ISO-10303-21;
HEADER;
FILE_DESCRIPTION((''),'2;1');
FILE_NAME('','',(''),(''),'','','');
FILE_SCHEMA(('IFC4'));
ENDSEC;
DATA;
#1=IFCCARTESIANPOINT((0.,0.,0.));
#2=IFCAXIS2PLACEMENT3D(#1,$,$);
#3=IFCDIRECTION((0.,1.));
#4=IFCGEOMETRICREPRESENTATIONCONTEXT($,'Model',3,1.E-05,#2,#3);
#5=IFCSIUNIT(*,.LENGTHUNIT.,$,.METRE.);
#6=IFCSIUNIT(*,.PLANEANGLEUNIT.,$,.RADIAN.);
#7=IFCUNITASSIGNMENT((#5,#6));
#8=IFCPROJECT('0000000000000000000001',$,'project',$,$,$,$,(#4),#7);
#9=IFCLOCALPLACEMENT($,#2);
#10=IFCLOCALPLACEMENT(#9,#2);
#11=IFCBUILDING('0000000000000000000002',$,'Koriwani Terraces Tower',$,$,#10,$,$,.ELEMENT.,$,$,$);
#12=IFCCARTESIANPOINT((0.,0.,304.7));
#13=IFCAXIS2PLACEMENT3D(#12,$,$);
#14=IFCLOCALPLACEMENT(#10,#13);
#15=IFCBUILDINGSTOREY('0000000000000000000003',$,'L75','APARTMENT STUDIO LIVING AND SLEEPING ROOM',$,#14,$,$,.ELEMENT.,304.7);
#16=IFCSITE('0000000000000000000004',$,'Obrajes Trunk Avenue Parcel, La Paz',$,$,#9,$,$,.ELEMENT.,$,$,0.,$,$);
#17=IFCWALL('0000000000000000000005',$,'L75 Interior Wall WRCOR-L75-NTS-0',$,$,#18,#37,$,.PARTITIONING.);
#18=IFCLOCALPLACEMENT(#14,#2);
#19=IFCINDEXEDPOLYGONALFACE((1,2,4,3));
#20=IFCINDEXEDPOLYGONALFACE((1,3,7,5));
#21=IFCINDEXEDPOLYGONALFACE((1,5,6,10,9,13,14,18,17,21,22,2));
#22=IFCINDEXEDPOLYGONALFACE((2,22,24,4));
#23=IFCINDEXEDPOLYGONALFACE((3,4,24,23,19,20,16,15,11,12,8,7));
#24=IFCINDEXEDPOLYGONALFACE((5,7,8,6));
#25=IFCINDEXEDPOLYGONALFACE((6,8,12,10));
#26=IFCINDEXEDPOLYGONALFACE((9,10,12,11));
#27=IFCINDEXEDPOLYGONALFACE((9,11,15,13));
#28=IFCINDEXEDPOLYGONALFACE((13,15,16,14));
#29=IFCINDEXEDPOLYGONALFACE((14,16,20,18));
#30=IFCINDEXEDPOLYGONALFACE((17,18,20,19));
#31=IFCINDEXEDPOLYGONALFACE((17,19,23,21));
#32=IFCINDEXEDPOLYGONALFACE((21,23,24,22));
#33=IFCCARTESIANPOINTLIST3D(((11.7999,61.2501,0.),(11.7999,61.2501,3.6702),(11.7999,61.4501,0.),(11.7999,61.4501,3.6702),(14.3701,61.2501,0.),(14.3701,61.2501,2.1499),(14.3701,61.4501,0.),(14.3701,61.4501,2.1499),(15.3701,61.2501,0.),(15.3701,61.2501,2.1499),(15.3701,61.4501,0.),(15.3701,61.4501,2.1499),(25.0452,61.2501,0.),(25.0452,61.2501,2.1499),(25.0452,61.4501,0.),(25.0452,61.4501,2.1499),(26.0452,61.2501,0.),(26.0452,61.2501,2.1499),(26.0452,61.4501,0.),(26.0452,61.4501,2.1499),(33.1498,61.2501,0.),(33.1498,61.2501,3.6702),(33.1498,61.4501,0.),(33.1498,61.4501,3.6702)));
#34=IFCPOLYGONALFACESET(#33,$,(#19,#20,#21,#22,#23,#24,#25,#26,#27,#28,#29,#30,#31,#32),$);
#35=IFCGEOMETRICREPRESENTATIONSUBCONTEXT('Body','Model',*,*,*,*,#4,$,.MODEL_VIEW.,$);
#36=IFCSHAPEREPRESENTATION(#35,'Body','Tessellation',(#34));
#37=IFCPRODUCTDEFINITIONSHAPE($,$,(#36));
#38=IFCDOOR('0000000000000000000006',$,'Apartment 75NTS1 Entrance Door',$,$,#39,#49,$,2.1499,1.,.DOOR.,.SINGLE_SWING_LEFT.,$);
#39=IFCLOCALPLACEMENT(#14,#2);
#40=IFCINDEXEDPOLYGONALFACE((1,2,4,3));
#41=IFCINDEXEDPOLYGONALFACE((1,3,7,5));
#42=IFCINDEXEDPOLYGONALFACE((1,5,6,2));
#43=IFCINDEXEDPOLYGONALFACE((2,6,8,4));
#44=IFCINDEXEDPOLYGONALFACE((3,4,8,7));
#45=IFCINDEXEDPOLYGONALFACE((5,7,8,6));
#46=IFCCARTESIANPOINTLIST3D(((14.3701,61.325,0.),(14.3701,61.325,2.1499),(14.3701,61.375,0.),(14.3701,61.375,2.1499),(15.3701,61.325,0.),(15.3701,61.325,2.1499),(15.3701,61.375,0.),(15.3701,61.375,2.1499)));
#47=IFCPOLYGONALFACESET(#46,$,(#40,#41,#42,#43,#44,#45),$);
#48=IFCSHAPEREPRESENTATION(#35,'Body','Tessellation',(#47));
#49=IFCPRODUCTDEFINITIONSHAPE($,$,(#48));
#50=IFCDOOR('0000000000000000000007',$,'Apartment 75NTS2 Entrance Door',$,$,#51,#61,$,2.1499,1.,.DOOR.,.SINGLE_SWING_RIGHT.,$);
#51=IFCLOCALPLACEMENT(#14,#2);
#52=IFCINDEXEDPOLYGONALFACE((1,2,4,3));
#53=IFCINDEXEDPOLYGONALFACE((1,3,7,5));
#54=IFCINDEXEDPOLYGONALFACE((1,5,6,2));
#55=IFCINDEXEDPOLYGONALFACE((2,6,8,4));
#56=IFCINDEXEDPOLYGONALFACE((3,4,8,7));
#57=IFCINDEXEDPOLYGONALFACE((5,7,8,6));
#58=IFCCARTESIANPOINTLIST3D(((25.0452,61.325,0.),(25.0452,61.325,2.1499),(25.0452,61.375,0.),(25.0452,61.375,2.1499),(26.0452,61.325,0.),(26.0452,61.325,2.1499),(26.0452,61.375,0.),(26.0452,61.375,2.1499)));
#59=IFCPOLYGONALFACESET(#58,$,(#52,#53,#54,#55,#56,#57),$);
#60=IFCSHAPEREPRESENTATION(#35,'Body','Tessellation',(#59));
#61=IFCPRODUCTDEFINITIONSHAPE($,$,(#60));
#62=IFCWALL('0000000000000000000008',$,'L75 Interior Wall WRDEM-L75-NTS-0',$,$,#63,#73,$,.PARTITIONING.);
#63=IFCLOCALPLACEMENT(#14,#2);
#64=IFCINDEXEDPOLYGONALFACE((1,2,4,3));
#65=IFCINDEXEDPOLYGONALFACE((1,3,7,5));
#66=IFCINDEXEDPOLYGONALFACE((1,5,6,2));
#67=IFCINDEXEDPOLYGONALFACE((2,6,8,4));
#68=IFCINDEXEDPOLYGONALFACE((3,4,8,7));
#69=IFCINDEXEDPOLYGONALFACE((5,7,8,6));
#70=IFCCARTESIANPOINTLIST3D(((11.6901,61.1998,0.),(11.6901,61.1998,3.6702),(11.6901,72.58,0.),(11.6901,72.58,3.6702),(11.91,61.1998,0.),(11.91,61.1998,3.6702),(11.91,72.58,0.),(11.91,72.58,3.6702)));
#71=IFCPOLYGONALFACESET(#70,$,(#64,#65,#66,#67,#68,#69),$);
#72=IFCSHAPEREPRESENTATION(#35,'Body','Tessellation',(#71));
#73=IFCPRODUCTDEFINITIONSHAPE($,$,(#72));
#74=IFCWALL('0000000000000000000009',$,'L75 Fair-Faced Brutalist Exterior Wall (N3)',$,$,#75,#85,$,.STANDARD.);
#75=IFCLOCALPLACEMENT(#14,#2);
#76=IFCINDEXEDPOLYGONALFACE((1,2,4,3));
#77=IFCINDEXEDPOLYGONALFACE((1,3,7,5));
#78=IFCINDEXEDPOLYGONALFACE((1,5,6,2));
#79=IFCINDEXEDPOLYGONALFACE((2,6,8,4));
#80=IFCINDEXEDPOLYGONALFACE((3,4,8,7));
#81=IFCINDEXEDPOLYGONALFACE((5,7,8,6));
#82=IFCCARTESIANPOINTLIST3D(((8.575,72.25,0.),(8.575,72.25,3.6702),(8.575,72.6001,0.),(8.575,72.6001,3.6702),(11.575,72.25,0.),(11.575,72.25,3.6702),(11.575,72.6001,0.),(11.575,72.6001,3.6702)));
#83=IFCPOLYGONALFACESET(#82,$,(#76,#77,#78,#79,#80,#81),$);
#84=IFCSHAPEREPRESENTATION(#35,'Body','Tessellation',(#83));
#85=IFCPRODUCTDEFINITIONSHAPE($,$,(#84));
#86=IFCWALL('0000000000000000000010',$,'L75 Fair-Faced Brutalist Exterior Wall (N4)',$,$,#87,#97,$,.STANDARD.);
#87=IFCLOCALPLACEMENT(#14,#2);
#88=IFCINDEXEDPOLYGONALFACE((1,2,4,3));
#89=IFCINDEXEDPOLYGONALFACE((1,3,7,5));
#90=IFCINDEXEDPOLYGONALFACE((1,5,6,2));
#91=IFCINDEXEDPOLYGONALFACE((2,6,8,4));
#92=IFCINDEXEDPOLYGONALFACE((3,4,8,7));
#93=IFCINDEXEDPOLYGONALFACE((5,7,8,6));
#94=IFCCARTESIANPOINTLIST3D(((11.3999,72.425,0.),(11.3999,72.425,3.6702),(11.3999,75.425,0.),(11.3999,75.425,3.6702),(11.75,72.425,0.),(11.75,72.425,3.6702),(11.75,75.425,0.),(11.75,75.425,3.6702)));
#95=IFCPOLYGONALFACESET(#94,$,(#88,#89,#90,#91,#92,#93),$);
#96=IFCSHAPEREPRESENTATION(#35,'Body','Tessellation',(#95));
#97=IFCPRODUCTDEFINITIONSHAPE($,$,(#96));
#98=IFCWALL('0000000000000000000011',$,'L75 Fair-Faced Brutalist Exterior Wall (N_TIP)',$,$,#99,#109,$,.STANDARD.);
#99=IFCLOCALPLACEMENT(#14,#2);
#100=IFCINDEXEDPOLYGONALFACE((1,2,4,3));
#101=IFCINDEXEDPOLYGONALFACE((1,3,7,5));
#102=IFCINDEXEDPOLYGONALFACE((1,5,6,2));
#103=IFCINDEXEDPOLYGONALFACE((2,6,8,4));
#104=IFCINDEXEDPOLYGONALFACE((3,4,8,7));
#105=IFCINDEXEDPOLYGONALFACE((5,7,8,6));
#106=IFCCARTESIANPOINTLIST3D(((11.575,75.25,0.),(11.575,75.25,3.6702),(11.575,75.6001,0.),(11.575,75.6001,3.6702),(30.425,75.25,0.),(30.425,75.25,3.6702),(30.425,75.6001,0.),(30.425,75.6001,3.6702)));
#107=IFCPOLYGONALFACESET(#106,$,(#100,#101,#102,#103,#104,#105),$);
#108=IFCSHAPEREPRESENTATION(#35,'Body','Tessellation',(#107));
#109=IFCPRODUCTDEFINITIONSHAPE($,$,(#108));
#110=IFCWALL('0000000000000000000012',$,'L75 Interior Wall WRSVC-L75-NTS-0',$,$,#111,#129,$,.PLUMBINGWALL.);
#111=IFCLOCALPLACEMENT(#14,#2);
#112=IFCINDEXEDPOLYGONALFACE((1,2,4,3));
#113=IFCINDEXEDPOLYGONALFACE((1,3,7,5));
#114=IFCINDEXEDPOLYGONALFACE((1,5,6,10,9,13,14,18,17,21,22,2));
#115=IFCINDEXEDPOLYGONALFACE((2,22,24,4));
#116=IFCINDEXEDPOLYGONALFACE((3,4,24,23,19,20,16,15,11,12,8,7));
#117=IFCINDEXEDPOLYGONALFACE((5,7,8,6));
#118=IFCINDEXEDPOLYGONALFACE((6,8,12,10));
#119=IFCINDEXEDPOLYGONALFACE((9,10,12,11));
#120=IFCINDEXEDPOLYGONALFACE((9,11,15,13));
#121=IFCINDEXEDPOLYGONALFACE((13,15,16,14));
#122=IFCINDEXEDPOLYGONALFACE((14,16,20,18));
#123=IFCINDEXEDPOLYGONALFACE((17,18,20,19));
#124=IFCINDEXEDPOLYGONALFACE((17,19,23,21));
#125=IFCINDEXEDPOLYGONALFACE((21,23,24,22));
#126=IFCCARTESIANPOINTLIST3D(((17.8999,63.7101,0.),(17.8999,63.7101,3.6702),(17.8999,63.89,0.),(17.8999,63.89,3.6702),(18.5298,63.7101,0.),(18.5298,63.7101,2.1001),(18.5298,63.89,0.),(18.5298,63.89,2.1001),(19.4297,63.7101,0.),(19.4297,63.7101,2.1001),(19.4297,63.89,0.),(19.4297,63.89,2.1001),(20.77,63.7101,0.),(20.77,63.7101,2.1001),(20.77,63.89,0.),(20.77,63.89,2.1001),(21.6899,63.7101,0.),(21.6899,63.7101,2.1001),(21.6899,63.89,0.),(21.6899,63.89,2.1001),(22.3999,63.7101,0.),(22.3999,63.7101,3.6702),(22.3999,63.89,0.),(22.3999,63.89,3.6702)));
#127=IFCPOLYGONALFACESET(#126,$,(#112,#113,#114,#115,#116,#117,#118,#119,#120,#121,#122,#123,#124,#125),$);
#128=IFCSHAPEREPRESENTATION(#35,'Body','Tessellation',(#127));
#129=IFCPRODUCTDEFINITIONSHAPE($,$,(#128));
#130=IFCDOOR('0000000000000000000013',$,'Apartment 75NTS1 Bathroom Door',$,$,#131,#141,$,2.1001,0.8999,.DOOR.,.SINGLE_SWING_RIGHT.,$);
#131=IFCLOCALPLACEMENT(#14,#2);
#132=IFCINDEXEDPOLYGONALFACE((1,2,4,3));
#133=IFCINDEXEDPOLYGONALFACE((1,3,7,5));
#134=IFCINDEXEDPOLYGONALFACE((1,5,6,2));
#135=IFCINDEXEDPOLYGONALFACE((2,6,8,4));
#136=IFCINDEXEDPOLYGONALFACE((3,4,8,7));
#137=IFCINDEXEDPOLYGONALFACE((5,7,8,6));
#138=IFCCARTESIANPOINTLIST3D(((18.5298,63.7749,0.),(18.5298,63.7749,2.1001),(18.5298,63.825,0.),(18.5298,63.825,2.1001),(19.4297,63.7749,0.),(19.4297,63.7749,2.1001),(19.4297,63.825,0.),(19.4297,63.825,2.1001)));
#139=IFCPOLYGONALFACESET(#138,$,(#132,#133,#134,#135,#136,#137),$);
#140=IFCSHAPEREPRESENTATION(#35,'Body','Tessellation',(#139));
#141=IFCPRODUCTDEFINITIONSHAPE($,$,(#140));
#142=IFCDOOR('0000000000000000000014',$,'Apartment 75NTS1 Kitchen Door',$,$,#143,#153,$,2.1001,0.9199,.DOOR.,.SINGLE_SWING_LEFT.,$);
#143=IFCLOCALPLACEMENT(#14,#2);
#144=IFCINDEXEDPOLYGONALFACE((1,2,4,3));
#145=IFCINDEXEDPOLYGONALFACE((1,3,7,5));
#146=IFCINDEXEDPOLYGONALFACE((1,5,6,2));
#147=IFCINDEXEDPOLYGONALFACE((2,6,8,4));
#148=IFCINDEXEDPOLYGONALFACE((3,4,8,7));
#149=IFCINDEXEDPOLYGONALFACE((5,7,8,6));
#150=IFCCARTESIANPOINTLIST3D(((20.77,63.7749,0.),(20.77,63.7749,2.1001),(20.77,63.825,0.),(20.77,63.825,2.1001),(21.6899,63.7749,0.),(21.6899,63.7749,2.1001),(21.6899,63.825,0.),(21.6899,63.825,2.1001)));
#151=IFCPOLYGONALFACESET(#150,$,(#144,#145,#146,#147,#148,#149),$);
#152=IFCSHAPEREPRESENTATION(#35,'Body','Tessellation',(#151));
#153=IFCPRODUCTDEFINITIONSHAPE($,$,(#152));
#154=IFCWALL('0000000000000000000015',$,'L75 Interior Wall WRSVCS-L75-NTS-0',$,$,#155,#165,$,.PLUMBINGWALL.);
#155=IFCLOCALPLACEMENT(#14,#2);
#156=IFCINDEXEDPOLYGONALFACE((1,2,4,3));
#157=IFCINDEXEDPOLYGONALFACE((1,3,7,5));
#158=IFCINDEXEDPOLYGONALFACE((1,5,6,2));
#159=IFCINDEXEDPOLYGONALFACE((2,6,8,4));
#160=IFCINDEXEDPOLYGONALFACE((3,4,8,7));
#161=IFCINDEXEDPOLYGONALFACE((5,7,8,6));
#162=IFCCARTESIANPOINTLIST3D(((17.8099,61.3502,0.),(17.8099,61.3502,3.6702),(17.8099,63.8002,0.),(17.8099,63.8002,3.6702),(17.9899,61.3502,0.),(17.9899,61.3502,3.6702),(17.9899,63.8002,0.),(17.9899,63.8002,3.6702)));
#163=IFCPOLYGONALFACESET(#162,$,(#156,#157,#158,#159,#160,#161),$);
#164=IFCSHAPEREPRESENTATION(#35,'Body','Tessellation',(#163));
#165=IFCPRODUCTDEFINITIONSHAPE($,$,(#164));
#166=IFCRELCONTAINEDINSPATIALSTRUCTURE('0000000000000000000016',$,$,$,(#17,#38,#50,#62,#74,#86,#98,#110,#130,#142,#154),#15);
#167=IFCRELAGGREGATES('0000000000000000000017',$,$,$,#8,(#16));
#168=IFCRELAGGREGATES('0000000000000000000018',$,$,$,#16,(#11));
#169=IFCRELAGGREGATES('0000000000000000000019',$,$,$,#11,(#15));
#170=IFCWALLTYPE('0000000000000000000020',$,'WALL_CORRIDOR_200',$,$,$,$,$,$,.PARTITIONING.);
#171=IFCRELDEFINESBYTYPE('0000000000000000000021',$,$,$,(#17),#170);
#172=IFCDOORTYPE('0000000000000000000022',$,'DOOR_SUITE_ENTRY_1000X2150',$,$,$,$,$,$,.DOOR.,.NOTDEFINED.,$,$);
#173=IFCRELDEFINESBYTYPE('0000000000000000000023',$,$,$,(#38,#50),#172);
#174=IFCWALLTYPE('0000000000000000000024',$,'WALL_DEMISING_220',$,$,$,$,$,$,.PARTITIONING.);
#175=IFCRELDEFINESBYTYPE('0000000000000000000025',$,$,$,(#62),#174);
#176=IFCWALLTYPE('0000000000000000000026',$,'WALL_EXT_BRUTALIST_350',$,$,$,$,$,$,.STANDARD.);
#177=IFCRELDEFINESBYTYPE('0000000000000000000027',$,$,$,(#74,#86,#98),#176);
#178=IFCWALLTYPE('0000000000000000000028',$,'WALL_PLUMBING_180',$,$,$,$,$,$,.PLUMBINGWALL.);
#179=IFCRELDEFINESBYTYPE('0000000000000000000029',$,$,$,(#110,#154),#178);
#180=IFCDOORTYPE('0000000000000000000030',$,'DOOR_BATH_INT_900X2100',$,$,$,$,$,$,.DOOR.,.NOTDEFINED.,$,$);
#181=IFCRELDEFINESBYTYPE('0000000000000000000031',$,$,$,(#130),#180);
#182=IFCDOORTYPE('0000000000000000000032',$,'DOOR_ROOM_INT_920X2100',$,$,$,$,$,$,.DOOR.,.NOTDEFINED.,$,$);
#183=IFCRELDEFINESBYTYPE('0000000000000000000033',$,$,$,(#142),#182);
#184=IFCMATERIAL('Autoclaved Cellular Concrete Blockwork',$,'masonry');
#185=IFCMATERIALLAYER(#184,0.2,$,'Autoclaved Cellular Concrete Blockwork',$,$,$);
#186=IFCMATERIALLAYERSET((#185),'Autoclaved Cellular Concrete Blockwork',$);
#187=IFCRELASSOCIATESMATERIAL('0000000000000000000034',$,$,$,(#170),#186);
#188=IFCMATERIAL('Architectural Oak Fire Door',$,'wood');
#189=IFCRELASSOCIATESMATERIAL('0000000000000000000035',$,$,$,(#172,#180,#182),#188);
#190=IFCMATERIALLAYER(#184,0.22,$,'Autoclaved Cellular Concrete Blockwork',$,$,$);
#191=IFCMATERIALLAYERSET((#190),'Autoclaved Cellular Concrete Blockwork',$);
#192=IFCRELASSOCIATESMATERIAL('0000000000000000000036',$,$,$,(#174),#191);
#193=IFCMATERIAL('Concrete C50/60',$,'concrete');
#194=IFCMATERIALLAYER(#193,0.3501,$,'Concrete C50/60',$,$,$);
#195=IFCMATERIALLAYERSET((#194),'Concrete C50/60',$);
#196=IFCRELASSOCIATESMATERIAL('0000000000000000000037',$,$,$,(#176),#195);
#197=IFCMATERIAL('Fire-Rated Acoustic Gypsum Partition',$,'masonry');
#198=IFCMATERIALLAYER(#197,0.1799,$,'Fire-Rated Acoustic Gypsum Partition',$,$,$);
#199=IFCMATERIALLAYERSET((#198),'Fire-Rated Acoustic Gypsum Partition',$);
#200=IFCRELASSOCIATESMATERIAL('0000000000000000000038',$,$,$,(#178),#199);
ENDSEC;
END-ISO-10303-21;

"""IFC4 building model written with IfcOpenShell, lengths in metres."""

from ifc_helpers import new_model, si_unit, direction, frame, frame_2d, origin, place, context, subcontext, project, spatial, rectangle, extrude, material, layer, layer_set, type_object, element, fill, save


model = new_model("IFC4")

# Units and contexts
model_context = context("Model", 3, precision=1e-05, world=origin(), true_north=direction((0.0, 1.0)))
body_context = subcontext(model_context, "Body", "Model", "MODEL_VIEW")
ifc_project = project(units=[si_unit("LENGTHUNIT", "METRE"), si_unit("PLANEANGLEUNIT", "RADIAN")], contexts=[model_context])

# Site, building, storey
site_placement = place(None, origin())
site = spatial("IfcSite", under=ifc_project, at=site_placement, Name="Obrajes Trunk Avenue Parcel, La Paz", CompositionType="ELEMENT", RefElevation=0.0)
building_placement = place(site_placement, origin())
building = spatial("IfcBuilding", under=site, at=building_placement, Name="Koriwani Terraces Tower", CompositionType="ELEMENT")
storey_placement = place(building_placement, frame((0.0, 0.0, 304.7)))
storey = spatial("IfcBuildingStorey", under=building, at=storey_placement, Name="L75", Description="APARTMENT STUDIO LIVING AND SLEEPING ROOM", CompositionType="ELEMENT", Elevation=304.7)

# Shared definitions
ifc_material_1 = material(Name="Concrete C50/60", Category="concrete")

# Shared definitions
ifc_material_2 = material(Name="Autoclaved Cellular Concrete Blockwork", Category="masonry")
ifc_layer_1 = layer(ifc_material_2, 0.2, Name="Autoclaved Cellular Concrete Blockwork")
ifc_layer_set_1 = layer_set([ifc_layer_1], Name="Autoclaved Cellular Concrete Blockwork")
wall_type_1 = type_object("IfcWallType", Name="WALL_CORRIDOR_200", PredefinedType="PARTITIONING", material=ifc_layer_set_1)
ifc_material_3 = material(Name="Architectural Oak Fire Door", Category="wood")
door_type_1 = type_object("IfcDoorType", Name="DOOR_SUITE_ENTRY_1000X2150", OperationType="NOTDEFINED", PredefinedType="DOOR", material=ifc_material_3)

# Wall, openings, doors
wall_1_placement = place(storey_placement, frame((11.8, 61.3501, 0.0), z_axis=(0.0, 0.0, 1.0), x_axis=(1.0, 0.0, 0.0)))
wall_1 = element("IfcWall", 1, at=wall_1_placement, inside=storey, type_object=wall_type_1, Name="L75 Interior Wall WRCOR-L75-NTS-0", PredefinedType="PARTITIONING", context=body_context, shape_type="SweptSolid", body=[
    extrude(rectangle(XDim=21.3499, YDim=0.2, at=frame_2d((10.6748, 0.0))), origin(), (0.0, 0.0, 1.0), 3.6702),
])
opening_1_placement = place(wall_1_placement, frame((2.5701, 0.0, 0.0)))
opening_1 = element("IfcOpeningElement", 2, at=opening_1_placement, cuts=wall_1, PredefinedType="OPENING", context=body_context, shape_type="SweptSolid", body=[
    extrude(rectangle(XDim=1.0, YDim=2.1499, at=frame_2d((0.5, 1.075))), frame((0.0, 0.1099, 0.0), z_axis=(0.0, -1.0, 0.0), x_axis=(1.0, 0.0, 0.0)), (0.0, 0.0, 1.0), 0.22),
])
opening_2_placement = place(wall_1_placement, frame((13.2451, 0.0, 0.0)))
opening_2 = element("IfcOpeningElement", 3, at=opening_2_placement, cuts=wall_1, PredefinedType="OPENING", context=body_context, shape_type="SweptSolid", body=[
    extrude(rectangle(XDim=1.0, YDim=2.1499, at=frame_2d((0.5, 1.075))), frame((0.0, 0.1099, 0.0), z_axis=(0.0, -1.0, 0.0), x_axis=(1.0, 0.0, 0.0)), (0.0, 0.0, 1.0), 0.22),
])
door_1_placement = place(opening_1_placement, origin())
door_1 = element("IfcDoor", 4, at=door_1_placement, inside=storey, type_object=door_type_1, Name="Apartment 75NTS1 Entrance Door", OperationType="SINGLE_SWING_LEFT", OverallHeight=2.1499, OverallWidth=1.0, PredefinedType="DOOR", context=body_context, shape_type="SweptSolid", body=[
    extrude(rectangle(XDim=1.0, YDim=2.1499, at=frame_2d((0.5, 1.075))), frame((0.0, 0.0249, 0.0), z_axis=(0.0, -1.0, 0.0), x_axis=(1.0, 0.0, 0.0)), (0.0, 0.0, 1.0), 0.05),
])
fill(opening_1, door_1)
door_2_placement = place(opening_2_placement, origin())
door_2 = element("IfcDoor", 5, at=door_2_placement, inside=storey, type_object=door_type_1, Name="Apartment 75NTS2 Entrance Door", OperationType="SINGLE_SWING_RIGHT", OverallHeight=2.1499, OverallWidth=1.0, PredefinedType="DOOR", context=body_context, shape_type="SweptSolid", body=[
    extrude(rectangle(XDim=1.0, YDim=2.1499, at=frame_2d((0.5, 1.075))), frame((0.0, 0.0249, 0.0), z_axis=(0.0, -1.0, 0.0), x_axis=(1.0, 0.0, 0.0)), (0.0, 0.0, 1.0), 0.05),
])
fill(opening_2, door_2)

# Walls
ifc_layer_2 = layer(ifc_material_2, 0.22, Name="Autoclaved Cellular Concrete Blockwork")
ifc_layer_set_2 = layer_set([ifc_layer_2], Name="Autoclaved Cellular Concrete Blockwork")
wall_type_2 = type_object("IfcWallType", Name="WALL_DEMISING_220", PredefinedType="PARTITIONING", material=ifc_layer_set_2)
wall_2_placement = place(storey_placement, frame((11.8, 61.2, 0.0), z_axis=(0.0, 0.0, 1.0), x_axis=(0.0, 1.0, 0.0)))
element("IfcWall", 6, at=wall_2_placement, inside=storey, type_object=wall_type_2, Name="L75 Interior Wall WRDEM-L75-NTS-0", PredefinedType="PARTITIONING", context=body_context, shape_type="SweptSolid", body=[
    extrude(rectangle(XDim=11.3801, YDim=0.22, at=frame_2d((5.6899, 0.0))), origin(), (0.0, 0.0, 1.0), 3.6702),
])
ifc_layer_3 = layer(ifc_material_1, 0.3501, Name="Concrete C50/60")
ifc_layer_set_3 = layer_set([ifc_layer_3], Name="Concrete C50/60")
wall_type_3 = type_object("IfcWallType", Name="WALL_EXT_BRUTALIST_350", PredefinedType="STANDARD", material=ifc_layer_set_3)
for number, where, z_axis, x_axis, name in (
    (7, (8.575, 72.425, 0.0), (0.0, 0.0, 1.0), (1.0, 0.0, 0.0), "L75 Fair-Faced Brutalist Exterior Wall (N3)"),
    (8, (11.575, 72.425, 0.0), (0.0, 0.0, 1.0), (0.0, 1.0, 0.0), "L75 Fair-Faced Brutalist Exterior Wall (N4)"),
):
    element("IfcWall", number, at=place(storey_placement, frame(where, z_axis=z_axis, x_axis=x_axis)), inside=storey, type_object=wall_type_3, Name=name, PredefinedType="STANDARD", context=body_context, shape_type="SweptSolid", body=[
        extrude(rectangle(XDim=3.0, YDim=0.3501, at=frame_2d((1.5, 0.0))), origin(), (0.0, 0.0, 1.0), 3.6702),
    ])
wall_3_placement = place(storey_placement, frame((11.575, 75.425, 0.0), z_axis=(0.0, 0.0, 1.0), x_axis=(1.0, 0.0, 0.0)))
element("IfcWall", 9, at=wall_3_placement, inside=storey, type_object=wall_type_3, Name="L75 Fair-Faced Brutalist Exterior Wall (N_TIP)", PredefinedType="STANDARD", context=body_context, shape_type="SweptSolid", body=[
    extrude(rectangle(XDim=18.8501, YDim=0.3501, at=frame_2d((9.425, 0.0))), origin(), (0.0, 0.0, 1.0), 3.6702),
])

# Wall, openings, doors
ifc_material_4 = material(Name="Fire-Rated Acoustic Gypsum Partition", Category="masonry")
ifc_layer_4 = layer(ifc_material_4, 0.1799, Name="Fire-Rated Acoustic Gypsum Partition")
ifc_layer_set_4 = layer_set([ifc_layer_4], Name="Fire-Rated Acoustic Gypsum Partition")
wall_type_4 = type_object("IfcWallType", Name="WALL_PLUMBING_180", PredefinedType="PLUMBINGWALL", material=ifc_layer_set_4)
wall_4_placement = place(storey_placement, frame((17.8999, 63.8, 0.0), z_axis=(0.0, 0.0, 1.0), x_axis=(1.0, 0.0, 0.0)))
wall_4 = element("IfcWall", 10, at=wall_4_placement, inside=storey, type_object=wall_type_4, Name="L75 Interior Wall WRSVC-L75-NTS-0", PredefinedType="PLUMBINGWALL", context=body_context, shape_type="SweptSolid", body=[
    extrude(rectangle(XDim=4.5, YDim=0.1799, at=frame_2d((2.25, 0.0))), origin(), (0.0, 0.0, 1.0), 3.6702),
])
opening_3_placement = place(wall_4_placement, frame((0.6299, 0.0, 0.0)))
opening_3 = element("IfcOpeningElement", 11, at=opening_3_placement, cuts=wall_4, PredefinedType="OPENING", context=body_context, shape_type="SweptSolid", body=[
    extrude(rectangle(XDim=0.8999, YDim=2.1001, at=frame_2d((0.45, 1.05))), frame((0.0, 0.1001, 0.0), z_axis=(0.0, -1.0, 0.0), x_axis=(1.0, 0.0, 0.0)), (0.0, 0.0, 1.0), 0.2),
])
opening_4_placement = place(wall_4_placement, frame((2.8701, 0.0, 0.0)))
opening_4 = element("IfcOpeningElement", 12, at=opening_4_placement, cuts=wall_4, PredefinedType="OPENING", context=body_context, shape_type="SweptSolid", body=[
    extrude(rectangle(XDim=0.9199, YDim=2.1001, at=frame_2d((0.46, 1.05))), frame((0.0, 0.1001, 0.0), z_axis=(0.0, -1.0, 0.0), x_axis=(1.0, 0.0, 0.0)), (0.0, 0.0, 1.0), 0.2),
])
door_type_2 = type_object("IfcDoorType", Name="DOOR_BATH_INT_900X2100", OperationType="NOTDEFINED", PredefinedType="DOOR", material=ifc_material_3)
door_3_placement = place(opening_3_placement, origin())
door_3 = element("IfcDoor", 13, at=door_3_placement, inside=storey, type_object=door_type_2, Name="Apartment 75NTS1 Bathroom Door", OperationType="SINGLE_SWING_RIGHT", OverallHeight=2.1001, OverallWidth=0.8999, PredefinedType="DOOR", context=body_context, shape_type="SweptSolid", body=[
    extrude(rectangle(XDim=0.8999, YDim=2.1001, at=frame_2d((0.45, 1.05))), frame((0.0, 0.0249, 0.0), z_axis=(0.0, -1.0, 0.0), x_axis=(1.0, 0.0, 0.0)), (0.0, 0.0, 1.0), 0.05),
])
fill(opening_3, door_3)
door_type_3 = type_object("IfcDoorType", Name="DOOR_ROOM_INT_920X2100", OperationType="NOTDEFINED", PredefinedType="DOOR", material=ifc_material_3)
door_4_placement = place(opening_4_placement, origin())
door_4 = element("IfcDoor", 14, at=door_4_placement, inside=storey, type_object=door_type_3, Name="Apartment 75NTS1 Kitchen Door", OperationType="SINGLE_SWING_LEFT", OverallHeight=2.1001, OverallWidth=0.9199, PredefinedType="DOOR", context=body_context, shape_type="SweptSolid", body=[
    extrude(rectangle(XDim=0.9199, YDim=2.1001, at=frame_2d((0.46, 1.05))), frame((0.0, 0.0249, 0.0), z_axis=(0.0, -1.0, 0.0), x_axis=(1.0, 0.0, 0.0)), (0.0, 0.0, 1.0), 0.05),
])
fill(opening_4, door_4)

# Wall
for number, where, z_axis, x_axis, name in (
    (15, (17.8999, 61.3501, 0.0), (0.0, 0.0, 1.0), (0.0, 1.0, 0.0), "L75 Interior Wall WRSVCS-L75-NTS-0"),
):
    element("IfcWall", number, at=place(storey_placement, frame(where, z_axis=z_axis, x_axis=x_axis)), inside=storey, type_object=wall_type_4, Name=name, PredefinedType="PLUMBINGWALL", context=body_context, shape_type="SweptSolid", body=[
        extrude(rectangle(XDim=2.45, YDim=0.1799, at=frame_2d((1.2251, 0.0))), origin(), (0.0, 0.0, 1.0), 3.6702),
    ])

save(model, "model.ifc")
